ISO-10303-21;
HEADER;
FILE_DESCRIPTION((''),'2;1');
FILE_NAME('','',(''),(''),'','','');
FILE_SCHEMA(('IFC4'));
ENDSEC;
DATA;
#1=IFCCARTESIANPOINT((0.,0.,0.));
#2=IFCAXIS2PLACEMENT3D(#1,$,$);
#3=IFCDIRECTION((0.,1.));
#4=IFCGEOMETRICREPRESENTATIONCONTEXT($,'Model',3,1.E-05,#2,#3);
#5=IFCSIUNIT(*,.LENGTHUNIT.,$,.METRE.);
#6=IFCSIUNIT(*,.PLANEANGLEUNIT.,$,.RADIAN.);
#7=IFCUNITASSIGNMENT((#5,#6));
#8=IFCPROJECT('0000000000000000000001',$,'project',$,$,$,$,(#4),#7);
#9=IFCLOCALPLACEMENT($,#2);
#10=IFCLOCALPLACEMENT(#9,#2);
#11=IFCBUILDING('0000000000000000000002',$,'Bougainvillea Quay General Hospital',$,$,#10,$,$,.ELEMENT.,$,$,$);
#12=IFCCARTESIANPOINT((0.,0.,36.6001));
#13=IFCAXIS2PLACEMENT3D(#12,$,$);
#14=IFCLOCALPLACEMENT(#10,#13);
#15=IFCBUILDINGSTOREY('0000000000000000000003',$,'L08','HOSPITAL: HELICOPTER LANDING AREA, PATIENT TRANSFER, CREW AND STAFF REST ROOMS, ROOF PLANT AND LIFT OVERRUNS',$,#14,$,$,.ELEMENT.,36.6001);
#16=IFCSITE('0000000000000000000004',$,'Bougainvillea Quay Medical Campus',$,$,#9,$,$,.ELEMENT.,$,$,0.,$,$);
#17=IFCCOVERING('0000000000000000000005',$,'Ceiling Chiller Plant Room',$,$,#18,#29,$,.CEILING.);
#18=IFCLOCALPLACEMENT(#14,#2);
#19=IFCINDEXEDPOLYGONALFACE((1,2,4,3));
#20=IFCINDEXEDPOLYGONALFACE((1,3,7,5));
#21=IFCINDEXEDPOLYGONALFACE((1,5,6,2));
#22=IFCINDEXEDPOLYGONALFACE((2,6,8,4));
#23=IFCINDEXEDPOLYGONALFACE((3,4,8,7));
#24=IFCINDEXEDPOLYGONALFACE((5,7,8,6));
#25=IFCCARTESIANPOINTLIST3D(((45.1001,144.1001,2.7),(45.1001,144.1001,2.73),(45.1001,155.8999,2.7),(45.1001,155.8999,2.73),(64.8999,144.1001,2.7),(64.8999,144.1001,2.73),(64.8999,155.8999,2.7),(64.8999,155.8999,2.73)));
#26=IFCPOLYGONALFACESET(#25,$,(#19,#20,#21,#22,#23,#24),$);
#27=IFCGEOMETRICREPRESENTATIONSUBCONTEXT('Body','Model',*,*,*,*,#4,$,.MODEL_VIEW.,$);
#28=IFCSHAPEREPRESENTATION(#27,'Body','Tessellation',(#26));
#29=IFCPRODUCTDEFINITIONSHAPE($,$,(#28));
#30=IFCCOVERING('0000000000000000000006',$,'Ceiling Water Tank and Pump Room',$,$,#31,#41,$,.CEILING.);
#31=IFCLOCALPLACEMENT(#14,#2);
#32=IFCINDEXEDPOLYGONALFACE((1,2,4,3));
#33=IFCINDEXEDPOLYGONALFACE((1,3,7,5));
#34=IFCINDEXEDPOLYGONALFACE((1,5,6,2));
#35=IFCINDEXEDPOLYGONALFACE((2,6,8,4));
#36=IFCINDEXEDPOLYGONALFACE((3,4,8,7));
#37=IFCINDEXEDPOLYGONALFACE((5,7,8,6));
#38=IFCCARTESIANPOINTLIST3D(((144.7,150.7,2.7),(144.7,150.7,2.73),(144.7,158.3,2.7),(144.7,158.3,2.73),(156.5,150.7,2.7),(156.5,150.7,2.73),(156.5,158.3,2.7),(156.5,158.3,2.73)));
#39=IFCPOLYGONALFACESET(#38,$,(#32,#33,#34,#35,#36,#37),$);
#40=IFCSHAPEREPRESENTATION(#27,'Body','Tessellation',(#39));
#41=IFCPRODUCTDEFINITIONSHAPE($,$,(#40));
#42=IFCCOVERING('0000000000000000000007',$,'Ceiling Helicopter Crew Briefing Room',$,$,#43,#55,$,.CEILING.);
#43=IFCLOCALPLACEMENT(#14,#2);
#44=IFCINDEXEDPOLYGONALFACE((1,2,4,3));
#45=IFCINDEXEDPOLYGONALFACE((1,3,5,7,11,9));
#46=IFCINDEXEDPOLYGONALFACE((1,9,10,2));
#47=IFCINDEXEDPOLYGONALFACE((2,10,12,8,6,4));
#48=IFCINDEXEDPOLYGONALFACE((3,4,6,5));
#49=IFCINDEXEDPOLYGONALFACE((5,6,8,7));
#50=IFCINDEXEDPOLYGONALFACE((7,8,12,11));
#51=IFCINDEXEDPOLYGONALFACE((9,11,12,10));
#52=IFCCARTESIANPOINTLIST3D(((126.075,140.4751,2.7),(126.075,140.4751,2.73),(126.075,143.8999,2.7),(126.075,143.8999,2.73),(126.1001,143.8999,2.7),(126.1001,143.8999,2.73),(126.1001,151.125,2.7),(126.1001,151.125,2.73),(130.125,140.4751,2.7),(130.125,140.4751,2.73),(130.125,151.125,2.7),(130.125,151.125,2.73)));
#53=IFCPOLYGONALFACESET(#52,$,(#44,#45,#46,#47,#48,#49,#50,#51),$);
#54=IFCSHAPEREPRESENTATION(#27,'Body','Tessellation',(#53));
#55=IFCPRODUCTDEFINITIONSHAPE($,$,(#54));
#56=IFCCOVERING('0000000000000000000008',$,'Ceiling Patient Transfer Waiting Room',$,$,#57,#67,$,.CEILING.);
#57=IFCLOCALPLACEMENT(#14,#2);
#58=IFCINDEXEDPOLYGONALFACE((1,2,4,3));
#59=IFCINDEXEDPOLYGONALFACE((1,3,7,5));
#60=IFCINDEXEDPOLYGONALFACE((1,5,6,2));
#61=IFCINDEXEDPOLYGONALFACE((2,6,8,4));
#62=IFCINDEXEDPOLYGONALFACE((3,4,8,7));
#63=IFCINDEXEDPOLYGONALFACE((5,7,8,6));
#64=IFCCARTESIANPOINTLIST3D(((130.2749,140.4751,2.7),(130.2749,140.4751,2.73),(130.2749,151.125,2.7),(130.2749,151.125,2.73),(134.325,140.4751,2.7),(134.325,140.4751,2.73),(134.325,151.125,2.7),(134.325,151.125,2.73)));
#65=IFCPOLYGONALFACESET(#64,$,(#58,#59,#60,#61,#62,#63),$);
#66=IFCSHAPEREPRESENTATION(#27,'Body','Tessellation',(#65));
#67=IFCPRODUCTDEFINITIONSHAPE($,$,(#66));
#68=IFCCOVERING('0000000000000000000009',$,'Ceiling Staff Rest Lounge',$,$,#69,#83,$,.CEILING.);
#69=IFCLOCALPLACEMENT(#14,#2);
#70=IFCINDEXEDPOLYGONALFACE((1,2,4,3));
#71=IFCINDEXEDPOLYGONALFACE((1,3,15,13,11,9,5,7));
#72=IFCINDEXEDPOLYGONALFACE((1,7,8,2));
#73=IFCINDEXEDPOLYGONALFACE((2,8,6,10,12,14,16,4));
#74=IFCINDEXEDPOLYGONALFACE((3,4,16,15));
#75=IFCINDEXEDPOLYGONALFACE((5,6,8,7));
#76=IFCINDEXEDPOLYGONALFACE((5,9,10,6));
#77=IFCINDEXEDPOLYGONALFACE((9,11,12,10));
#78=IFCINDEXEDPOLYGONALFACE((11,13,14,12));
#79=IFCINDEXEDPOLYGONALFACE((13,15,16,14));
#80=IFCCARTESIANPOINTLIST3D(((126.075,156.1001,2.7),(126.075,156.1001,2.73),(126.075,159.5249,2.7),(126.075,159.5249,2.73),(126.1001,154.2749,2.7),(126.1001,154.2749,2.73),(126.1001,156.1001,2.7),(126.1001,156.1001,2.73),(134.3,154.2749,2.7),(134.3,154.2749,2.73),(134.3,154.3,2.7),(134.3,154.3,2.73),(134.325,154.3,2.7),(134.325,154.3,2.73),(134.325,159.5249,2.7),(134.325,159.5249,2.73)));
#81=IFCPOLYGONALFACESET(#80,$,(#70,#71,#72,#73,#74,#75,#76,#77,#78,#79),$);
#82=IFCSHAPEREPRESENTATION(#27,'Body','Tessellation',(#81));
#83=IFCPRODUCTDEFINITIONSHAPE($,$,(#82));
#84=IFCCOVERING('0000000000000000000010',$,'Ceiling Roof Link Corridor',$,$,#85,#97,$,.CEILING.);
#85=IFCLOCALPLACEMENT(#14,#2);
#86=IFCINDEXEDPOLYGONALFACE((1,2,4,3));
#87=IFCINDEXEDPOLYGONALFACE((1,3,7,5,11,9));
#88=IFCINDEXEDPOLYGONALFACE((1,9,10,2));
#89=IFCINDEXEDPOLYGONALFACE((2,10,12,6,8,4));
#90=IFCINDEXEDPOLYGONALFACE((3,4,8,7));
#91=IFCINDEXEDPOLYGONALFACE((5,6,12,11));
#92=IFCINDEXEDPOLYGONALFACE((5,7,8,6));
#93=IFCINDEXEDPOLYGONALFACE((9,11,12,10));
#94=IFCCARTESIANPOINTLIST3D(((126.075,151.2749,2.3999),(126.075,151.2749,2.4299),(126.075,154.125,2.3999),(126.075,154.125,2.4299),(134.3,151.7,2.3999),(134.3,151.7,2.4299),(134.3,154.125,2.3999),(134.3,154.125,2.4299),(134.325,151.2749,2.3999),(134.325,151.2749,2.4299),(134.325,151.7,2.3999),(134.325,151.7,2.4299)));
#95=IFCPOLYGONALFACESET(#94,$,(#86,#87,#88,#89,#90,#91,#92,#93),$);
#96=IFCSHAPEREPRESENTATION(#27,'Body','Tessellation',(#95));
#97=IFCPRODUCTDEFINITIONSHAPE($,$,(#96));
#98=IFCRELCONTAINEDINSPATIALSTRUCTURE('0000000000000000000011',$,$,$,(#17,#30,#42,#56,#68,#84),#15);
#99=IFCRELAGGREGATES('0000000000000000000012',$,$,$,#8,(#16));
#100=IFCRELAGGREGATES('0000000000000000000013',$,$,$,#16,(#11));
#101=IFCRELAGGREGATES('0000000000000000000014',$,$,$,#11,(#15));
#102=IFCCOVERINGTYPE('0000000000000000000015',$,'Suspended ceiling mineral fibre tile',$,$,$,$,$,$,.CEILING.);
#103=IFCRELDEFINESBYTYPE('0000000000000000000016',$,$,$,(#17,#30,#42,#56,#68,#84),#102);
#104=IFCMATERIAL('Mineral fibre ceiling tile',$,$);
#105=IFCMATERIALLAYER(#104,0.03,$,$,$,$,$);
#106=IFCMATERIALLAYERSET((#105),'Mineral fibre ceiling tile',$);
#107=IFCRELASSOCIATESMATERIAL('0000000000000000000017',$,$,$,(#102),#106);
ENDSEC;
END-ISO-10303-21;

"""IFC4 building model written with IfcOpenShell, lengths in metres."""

from ifc_helpers import new_model, si_unit, direction, frame, origin, place, context, subcontext, project, spatial, polyline, outline, extrude, material, layer, layer_set, type_object, element, save


model = new_model("IFC4")

# Units and contexts
model_context = context("Model", 3, precision=1e-05, world=origin(), true_north=direction((0.0, 1.0)))
body_context = subcontext(model_context, "Body", "Model", "MODEL_VIEW")
ifc_project = project(units=[si_unit("LENGTHUNIT", "METRE"), si_unit("PLANEANGLEUNIT", "RADIAN")], contexts=[model_context])

# Site, building, storey
site_placement = place(None, origin())
site = spatial("IfcSite", under=ifc_project, at=site_placement, Name="Bougainvillea Quay Medical Campus", CompositionType="ELEMENT", RefElevation=0.0)
building_placement = place(site_placement, origin())
building = spatial("IfcBuilding", under=site, at=building_placement, Name="Bougainvillea Quay General Hospital", CompositionType="ELEMENT")
storey_placement = place(building_placement, frame((0.0, 0.0, 36.6001)))
storey = spatial("IfcBuildingStorey", under=building, at=storey_placement, Name="L08", Description="HOSPITAL: HELICOPTER LANDING AREA, PATIENT TRANSFER, CREW AND STAFF REST ROOMS, ROOF PLANT AND LIFT OVERRUNS", CompositionType="ELEMENT", Elevation=36.6001)

# Coverings
ifc_material_1 = material(Name="Mineral fibre ceiling tile")
ifc_layer_1 = layer(ifc_material_1, 0.03)
ifc_layer_set_1 = layer_set([ifc_layer_1], Name="Mineral fibre ceiling tile")
covering_type = type_object("IfcCoveringType", Name="Suspended ceiling mineral fibre tile", PredefinedType="CEILING", material=ifc_layer_set_1)
covering_1_placement = place(storey_placement, frame((0.0, 0.0, 2.7)))
element("IfcCovering", 1, at=covering_1_placement, inside=storey, type_object=covering_type, Name="Ceiling Chiller Plant Room", PredefinedType="CEILING", context=body_context, shape_type="SweptSolid", body=[
    extrude(outline(polyline([(64.8999, 144.1001), (64.8999, 155.8999), (45.1001, 155.8999), (45.1001, 144.1001), (64.8999, 144.1001)])), origin(), (0.0, 0.0, 1.0), 0.03),
])
covering_2_placement = place(storey_placement, frame((0.0, 0.0, 2.7)))
element("IfcCovering", 2, at=covering_2_placement, inside=storey, type_object=covering_type, Name="Ceiling Water Tank and Pump Room", PredefinedType="CEILING", context=body_context, shape_type="SweptSolid", body=[
    extrude(outline(polyline([(156.5, 158.3), (144.7, 158.3), (144.7, 150.7), (156.5, 150.7), (156.5, 158.3)])), origin(), (0.0, 0.0, 1.0), 0.03),
])
covering_3_placement = place(storey_placement, frame((0.0, 0.0, 2.7)))
element("IfcCovering", 3, at=covering_3_placement, inside=storey, type_object=covering_type, Name="Ceiling Helicopter Crew Briefing Room", PredefinedType="CEILING", context=body_context, shape_type="SweptSolid", body=[
    extrude(outline(polyline([(126.1001, 151.125), (126.1001, 143.8999), (126.075, 143.8999), (126.075, 140.4751), (130.125, 140.4751), (130.125, 151.125), (126.1001, 151.125)])), origin(), (0.0, 0.0, 1.0), 0.03),
])
covering_4_placement = place(storey_placement, frame((0.0, 0.0, 2.7)))
element("IfcCovering", 4, at=covering_4_placement, inside=storey, type_object=covering_type, Name="Ceiling Patient Transfer Waiting Room", PredefinedType="CEILING", context=body_context, shape_type="SweptSolid", body=[
    extrude(outline(polyline([(130.2749, 151.125), (130.2749, 140.4751), (134.325, 140.4751), (134.325, 151.125), (130.2749, 151.125)])), origin(), (0.0, 0.0, 1.0), 0.03),
])
covering_5_placement = place(storey_placement, frame((0.0, 0.0, 2.7)))
element("IfcCovering", 5, at=covering_5_placement, inside=storey, type_object=covering_type, Name="Ceiling Staff Rest Lounge", PredefinedType="CEILING", context=body_context, shape_type="SweptSolid", body=[
    extrude(outline(polyline([(126.075, 156.1001), (126.1001, 156.1001), (126.1001, 154.2749), (134.3, 154.2749), (134.3, 154.3), (134.325, 154.3), (134.325, 159.5249), (126.075, 159.5249), (126.075, 156.1001)])), origin(), (0.0, 0.0, 1.0), 0.03),
])
covering_6_placement = place(storey_placement, frame((0.0, 0.0, 2.3999)))
element("IfcCovering", 6, at=covering_6_placement, inside=storey, type_object=covering_type, Name="Ceiling Roof Link Corridor", PredefinedType="CEILING", context=body_context, shape_type="SweptSolid", body=[
    extrude(outline(polyline([(126.075, 151.2749), (134.325, 151.2749), (134.325, 151.7), (134.3, 151.7), (134.3, 154.125), (126.075, 154.125), (126.075, 151.2749)])), origin(), (0.0, 0.0, 1.0), 0.03),
])

save(model, "model.ifc")
